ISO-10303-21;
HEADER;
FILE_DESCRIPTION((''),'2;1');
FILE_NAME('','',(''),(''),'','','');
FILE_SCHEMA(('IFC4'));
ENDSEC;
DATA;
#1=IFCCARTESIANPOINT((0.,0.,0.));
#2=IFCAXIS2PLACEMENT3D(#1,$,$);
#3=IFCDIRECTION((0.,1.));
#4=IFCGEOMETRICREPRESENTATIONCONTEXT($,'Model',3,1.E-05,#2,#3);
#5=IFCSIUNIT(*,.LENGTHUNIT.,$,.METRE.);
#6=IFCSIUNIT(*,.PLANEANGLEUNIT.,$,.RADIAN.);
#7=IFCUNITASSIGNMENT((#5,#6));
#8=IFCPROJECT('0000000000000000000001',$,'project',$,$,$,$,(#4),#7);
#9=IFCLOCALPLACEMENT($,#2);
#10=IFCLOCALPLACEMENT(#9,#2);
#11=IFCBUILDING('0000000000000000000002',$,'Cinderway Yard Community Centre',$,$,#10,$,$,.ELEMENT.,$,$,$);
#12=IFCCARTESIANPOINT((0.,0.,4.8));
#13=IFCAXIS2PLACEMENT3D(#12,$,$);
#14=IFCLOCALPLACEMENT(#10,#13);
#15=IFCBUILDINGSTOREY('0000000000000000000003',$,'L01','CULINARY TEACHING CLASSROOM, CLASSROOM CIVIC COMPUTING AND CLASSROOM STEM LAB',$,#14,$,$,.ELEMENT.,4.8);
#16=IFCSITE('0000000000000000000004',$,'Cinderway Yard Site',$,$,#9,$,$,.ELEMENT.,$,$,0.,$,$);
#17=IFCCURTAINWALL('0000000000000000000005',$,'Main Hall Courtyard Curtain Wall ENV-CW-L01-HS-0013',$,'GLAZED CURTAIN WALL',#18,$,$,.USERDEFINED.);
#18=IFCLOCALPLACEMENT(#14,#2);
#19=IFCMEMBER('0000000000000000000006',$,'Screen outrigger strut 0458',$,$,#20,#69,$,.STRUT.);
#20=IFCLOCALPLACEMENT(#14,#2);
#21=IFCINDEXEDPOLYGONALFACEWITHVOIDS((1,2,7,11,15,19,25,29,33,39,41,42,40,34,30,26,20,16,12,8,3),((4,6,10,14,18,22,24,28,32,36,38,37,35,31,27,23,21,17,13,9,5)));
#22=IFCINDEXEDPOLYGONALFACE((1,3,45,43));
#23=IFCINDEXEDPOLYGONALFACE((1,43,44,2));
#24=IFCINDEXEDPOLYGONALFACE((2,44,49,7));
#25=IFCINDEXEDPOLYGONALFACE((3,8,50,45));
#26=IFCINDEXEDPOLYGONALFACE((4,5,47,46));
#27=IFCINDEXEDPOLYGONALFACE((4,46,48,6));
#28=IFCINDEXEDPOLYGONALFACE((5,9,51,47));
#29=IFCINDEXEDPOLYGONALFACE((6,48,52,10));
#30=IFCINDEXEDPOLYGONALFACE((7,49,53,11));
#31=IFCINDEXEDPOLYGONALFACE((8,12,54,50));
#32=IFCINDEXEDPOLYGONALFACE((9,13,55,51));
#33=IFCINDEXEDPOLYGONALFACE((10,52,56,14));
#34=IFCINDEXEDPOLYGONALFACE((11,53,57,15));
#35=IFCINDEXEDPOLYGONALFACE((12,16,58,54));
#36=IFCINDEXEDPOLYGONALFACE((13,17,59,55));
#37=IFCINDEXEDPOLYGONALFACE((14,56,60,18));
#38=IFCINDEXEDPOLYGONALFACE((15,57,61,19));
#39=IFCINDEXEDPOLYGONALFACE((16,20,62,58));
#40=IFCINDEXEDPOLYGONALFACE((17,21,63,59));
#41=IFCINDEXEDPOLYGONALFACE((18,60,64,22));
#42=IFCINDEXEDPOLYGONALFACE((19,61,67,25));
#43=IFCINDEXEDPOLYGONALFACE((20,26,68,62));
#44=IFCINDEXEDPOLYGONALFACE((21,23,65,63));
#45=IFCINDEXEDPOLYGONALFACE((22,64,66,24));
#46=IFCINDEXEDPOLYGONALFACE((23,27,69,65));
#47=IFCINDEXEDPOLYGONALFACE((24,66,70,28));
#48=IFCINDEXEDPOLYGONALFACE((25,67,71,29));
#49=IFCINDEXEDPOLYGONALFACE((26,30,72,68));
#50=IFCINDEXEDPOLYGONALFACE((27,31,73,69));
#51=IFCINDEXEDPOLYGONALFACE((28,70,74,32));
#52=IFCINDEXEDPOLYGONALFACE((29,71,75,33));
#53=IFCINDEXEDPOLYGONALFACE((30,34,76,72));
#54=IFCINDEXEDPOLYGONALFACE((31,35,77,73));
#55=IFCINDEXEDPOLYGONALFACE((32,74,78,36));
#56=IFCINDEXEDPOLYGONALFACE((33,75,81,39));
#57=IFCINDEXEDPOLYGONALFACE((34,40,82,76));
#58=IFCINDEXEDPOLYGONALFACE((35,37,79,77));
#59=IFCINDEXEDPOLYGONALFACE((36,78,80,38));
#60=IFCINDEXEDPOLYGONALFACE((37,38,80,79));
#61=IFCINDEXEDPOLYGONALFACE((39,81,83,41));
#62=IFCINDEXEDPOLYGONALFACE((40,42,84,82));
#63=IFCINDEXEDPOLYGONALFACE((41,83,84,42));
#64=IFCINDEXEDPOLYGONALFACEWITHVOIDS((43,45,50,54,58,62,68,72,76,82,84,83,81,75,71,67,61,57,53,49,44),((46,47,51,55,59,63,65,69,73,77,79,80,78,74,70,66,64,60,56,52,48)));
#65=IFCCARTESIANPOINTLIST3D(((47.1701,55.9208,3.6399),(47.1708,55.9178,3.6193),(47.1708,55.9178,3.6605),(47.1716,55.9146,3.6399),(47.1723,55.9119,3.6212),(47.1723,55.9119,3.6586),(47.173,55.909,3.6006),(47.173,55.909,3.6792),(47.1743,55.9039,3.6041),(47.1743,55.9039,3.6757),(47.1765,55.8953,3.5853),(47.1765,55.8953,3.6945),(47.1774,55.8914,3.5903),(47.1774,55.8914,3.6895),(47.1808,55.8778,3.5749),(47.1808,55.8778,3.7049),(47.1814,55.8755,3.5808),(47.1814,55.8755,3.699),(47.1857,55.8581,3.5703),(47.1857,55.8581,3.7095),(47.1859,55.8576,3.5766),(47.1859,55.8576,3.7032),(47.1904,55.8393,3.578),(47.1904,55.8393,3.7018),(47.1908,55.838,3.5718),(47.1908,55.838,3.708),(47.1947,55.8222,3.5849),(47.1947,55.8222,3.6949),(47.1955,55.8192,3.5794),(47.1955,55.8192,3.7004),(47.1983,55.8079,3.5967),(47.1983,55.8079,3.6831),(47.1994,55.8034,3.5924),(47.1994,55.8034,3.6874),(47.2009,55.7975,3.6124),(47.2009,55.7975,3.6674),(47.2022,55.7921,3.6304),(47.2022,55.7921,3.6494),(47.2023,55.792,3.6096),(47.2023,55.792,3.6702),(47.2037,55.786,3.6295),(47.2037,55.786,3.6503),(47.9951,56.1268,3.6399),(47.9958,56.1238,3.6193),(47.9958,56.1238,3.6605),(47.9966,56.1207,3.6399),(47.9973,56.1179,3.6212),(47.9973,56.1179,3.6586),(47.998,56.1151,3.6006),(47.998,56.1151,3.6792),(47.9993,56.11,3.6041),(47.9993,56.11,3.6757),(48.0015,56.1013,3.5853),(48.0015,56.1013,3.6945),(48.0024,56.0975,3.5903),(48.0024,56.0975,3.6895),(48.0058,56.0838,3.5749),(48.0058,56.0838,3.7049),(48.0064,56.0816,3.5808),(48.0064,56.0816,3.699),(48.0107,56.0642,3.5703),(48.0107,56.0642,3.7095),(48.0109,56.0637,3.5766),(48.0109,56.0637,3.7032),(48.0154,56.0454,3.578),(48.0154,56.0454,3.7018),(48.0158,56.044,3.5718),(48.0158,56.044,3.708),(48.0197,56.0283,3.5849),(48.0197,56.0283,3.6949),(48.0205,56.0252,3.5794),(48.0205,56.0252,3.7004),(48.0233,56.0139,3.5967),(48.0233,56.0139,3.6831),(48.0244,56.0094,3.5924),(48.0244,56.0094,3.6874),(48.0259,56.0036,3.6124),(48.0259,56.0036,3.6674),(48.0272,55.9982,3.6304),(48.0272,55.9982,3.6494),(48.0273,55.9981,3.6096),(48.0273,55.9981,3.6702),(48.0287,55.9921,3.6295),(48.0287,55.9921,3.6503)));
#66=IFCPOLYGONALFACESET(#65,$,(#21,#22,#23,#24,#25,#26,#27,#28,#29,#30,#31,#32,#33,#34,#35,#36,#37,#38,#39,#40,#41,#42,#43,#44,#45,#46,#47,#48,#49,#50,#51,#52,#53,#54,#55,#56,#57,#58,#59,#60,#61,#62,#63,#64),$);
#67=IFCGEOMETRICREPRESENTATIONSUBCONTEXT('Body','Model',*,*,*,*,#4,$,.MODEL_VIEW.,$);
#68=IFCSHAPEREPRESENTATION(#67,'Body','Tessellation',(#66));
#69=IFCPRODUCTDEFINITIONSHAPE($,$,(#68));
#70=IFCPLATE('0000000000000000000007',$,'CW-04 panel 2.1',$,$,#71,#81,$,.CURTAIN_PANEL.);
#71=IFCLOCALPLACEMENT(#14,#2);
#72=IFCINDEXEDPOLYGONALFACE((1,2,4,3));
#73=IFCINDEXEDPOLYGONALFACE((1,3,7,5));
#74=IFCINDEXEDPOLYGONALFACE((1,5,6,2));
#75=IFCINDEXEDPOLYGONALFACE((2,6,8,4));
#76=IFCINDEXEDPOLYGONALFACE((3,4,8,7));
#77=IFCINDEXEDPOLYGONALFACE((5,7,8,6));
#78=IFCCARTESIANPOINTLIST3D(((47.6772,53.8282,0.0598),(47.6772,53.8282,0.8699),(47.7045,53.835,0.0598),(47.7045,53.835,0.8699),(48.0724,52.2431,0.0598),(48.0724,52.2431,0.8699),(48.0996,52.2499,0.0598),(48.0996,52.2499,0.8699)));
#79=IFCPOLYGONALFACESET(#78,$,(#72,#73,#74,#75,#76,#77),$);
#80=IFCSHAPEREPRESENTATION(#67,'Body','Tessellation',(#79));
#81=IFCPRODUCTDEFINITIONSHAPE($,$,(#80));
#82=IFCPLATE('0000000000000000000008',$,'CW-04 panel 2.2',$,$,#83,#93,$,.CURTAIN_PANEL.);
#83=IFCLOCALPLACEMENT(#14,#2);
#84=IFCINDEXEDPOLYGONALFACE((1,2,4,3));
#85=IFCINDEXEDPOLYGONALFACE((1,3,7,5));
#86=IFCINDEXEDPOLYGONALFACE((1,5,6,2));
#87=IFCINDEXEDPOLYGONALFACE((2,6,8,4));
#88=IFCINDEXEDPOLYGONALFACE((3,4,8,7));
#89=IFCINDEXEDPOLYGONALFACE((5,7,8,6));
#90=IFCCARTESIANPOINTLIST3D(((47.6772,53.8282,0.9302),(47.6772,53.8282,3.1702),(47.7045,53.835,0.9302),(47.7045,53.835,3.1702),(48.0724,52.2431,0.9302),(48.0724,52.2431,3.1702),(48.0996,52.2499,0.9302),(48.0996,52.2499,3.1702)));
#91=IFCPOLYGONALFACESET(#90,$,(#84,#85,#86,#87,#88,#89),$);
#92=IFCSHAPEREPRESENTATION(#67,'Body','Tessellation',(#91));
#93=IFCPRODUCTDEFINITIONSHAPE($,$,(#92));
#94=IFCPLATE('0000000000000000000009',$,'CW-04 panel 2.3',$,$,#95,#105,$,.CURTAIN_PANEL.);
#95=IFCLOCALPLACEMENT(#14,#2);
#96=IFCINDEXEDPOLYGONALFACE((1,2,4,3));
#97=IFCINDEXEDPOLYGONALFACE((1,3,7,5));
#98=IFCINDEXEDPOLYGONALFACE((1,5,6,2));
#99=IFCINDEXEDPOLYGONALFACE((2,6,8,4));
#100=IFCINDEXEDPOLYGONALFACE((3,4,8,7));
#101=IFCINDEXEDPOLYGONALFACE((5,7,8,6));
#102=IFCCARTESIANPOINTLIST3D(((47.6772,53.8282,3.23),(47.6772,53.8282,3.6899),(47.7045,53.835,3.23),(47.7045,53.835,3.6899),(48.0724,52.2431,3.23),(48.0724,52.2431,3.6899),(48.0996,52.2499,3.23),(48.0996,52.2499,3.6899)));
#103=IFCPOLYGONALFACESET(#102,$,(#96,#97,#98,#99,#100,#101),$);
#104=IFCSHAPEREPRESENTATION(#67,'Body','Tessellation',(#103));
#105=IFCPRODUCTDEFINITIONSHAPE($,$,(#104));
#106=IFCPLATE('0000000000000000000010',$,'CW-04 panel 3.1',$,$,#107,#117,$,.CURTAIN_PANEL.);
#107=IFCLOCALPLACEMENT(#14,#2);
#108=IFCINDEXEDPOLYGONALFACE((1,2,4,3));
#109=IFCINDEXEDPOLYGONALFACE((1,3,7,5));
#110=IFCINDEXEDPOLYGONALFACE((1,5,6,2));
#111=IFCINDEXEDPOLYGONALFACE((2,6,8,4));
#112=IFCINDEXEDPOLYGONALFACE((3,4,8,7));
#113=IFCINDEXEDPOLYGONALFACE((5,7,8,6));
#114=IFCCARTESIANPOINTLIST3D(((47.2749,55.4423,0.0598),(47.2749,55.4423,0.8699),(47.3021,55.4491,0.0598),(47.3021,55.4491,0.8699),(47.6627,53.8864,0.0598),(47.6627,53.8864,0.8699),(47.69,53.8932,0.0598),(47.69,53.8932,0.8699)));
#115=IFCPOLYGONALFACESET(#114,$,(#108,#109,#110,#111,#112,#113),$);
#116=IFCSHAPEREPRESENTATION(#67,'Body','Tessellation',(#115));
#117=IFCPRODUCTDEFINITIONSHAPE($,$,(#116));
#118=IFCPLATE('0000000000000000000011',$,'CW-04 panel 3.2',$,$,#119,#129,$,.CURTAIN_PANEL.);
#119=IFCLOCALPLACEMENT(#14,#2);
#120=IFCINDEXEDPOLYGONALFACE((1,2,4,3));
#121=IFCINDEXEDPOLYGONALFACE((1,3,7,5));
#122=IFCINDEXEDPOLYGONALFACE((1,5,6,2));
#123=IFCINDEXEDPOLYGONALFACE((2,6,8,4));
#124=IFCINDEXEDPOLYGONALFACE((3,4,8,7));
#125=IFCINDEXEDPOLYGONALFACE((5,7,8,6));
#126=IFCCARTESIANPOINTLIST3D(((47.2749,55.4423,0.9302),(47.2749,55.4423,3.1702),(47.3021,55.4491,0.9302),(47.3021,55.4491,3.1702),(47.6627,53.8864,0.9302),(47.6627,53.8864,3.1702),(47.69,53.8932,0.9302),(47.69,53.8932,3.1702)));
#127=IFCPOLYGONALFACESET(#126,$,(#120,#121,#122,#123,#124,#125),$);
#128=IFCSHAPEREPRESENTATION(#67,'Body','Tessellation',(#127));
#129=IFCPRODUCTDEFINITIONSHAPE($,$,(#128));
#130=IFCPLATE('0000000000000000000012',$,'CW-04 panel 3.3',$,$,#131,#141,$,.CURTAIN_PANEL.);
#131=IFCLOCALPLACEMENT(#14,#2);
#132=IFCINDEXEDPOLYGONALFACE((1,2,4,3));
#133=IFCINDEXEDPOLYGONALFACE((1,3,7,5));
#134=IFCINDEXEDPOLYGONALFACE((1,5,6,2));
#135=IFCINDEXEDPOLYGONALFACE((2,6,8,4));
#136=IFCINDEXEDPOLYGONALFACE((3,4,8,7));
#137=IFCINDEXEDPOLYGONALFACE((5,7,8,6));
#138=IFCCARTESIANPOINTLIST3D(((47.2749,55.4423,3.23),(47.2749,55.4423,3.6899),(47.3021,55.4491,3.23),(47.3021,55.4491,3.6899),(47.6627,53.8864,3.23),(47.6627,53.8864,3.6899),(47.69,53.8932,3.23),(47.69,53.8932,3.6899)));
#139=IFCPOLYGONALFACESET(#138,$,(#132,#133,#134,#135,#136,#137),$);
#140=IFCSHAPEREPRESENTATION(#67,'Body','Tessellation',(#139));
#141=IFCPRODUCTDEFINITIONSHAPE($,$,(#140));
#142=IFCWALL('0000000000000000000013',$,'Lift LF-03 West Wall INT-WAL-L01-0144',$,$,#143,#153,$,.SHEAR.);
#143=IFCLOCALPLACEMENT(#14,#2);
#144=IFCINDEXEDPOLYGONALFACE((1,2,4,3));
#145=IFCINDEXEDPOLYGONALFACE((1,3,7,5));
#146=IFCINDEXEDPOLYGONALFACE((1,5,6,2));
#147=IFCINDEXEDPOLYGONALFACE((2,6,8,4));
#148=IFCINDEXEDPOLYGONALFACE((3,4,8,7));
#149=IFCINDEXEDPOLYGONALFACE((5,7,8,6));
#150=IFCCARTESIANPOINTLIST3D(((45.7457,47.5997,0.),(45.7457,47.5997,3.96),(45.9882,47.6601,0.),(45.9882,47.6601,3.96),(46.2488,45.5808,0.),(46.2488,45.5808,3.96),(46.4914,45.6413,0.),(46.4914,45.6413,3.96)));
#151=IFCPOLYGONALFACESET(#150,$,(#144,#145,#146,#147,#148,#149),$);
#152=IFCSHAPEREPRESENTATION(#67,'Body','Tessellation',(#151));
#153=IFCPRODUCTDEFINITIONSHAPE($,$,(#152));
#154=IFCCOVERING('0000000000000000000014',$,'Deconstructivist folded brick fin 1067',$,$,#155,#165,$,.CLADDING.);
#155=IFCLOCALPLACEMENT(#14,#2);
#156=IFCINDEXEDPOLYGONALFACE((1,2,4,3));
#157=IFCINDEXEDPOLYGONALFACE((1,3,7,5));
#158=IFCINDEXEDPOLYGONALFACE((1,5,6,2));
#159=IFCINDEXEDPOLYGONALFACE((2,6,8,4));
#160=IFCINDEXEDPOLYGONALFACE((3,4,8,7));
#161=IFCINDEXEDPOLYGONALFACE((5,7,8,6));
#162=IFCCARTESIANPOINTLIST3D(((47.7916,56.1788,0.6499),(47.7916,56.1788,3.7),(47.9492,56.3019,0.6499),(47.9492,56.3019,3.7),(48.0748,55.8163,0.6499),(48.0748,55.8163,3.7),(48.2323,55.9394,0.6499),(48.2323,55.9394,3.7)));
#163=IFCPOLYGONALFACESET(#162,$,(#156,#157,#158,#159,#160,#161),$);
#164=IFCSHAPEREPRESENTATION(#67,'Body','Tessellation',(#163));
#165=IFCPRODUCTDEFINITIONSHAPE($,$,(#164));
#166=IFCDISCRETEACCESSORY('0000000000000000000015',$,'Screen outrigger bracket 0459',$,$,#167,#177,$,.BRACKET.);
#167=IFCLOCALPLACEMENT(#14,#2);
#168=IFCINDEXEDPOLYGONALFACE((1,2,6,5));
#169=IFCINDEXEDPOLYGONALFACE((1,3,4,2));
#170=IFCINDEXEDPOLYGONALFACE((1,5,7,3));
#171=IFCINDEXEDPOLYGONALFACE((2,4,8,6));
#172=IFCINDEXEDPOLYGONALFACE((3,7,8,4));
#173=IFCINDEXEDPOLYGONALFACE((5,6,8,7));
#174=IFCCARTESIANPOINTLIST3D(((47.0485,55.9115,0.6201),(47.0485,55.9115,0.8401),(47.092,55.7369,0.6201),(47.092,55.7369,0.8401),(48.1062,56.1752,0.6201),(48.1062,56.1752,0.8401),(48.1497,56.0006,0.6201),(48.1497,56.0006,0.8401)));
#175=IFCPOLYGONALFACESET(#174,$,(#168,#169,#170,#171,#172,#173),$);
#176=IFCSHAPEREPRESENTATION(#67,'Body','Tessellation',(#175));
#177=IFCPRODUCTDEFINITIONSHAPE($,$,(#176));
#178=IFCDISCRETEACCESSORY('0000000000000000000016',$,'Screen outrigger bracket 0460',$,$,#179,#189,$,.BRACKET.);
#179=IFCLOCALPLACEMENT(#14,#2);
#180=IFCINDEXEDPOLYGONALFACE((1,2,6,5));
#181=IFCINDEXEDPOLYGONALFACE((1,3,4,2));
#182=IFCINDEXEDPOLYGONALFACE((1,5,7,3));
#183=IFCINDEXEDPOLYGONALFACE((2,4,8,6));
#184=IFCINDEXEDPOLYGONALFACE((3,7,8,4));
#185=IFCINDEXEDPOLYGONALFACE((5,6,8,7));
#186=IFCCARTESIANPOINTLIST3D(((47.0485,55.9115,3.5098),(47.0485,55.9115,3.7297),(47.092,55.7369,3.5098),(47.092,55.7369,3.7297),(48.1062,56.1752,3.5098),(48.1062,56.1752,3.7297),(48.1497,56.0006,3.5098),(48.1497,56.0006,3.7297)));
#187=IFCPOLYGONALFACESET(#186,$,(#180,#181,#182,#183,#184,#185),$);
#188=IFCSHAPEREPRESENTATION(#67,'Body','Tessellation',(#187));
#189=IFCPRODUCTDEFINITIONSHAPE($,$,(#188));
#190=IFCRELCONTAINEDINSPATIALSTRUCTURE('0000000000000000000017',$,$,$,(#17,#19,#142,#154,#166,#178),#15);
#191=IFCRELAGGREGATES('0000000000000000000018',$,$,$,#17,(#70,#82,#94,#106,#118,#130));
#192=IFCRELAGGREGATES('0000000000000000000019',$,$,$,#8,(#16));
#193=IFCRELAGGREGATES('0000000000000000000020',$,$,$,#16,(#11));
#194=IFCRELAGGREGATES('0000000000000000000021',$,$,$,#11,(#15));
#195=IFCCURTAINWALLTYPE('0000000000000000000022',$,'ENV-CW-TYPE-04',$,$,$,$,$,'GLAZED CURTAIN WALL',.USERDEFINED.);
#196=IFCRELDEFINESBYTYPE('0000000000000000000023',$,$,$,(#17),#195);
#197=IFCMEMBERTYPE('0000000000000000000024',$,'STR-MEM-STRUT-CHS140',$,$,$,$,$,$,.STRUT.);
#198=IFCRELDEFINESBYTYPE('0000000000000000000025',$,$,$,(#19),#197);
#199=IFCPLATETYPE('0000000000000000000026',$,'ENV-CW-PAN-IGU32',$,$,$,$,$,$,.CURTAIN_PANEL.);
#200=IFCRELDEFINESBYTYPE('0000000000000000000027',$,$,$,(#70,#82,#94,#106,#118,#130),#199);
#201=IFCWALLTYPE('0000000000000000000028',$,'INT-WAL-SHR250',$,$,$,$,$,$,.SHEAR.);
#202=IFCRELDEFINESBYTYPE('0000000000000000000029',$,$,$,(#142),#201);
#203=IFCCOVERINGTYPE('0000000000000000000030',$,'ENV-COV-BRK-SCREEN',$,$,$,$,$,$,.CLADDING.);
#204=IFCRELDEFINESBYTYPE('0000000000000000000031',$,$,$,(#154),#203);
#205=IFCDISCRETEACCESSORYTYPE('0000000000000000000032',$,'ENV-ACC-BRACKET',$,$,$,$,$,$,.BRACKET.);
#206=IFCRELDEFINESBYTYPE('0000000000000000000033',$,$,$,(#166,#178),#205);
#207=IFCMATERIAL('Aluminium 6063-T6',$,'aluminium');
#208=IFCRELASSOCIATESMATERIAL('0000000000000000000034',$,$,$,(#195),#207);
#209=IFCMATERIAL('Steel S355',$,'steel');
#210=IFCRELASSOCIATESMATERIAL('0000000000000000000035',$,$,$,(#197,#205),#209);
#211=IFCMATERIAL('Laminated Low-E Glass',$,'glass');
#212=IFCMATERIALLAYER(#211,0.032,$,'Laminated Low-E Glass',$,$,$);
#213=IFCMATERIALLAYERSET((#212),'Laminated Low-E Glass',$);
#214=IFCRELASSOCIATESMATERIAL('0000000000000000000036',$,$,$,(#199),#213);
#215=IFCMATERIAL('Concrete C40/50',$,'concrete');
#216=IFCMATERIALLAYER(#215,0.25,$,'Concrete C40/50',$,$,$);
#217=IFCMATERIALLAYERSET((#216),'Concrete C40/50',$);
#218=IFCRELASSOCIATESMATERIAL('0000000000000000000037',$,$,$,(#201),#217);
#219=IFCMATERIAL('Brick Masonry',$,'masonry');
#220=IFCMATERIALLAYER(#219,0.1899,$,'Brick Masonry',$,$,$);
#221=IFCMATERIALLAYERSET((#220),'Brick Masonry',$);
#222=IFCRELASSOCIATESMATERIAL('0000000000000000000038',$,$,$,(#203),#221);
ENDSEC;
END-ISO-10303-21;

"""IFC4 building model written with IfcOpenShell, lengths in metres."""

from ifc_helpers import new_model, si_unit, direction, frame, frame_2d, origin, origin_2d, place, context, subcontext, project, spatial, rectangle, hollow_circle, extrude, material, layer, layer_set, material_profile, profile_set, type_object, element, aggregate, save


model = new_model("IFC4")

# Units and contexts
model_context = context("Model", 3, precision=1e-05, world=origin(), true_north=direction((0.0, 1.0)))
body_context = subcontext(model_context, "Body", "Model", "MODEL_VIEW")
ifc_project = project(units=[si_unit("LENGTHUNIT", "METRE"), si_unit("PLANEANGLEUNIT", "RADIAN")], contexts=[model_context])

# Site, building, storey
site_placement = place(None, origin())
site = spatial("IfcSite", under=ifc_project, at=site_placement, Name="Cinderway Yard Site", CompositionType="ELEMENT", RefElevation=0.0)
building_placement = place(site_placement, origin())
building = spatial("IfcBuilding", under=site, at=building_placement, Name="Cinderway Yard Community Centre", CompositionType="ELEMENT")
storey_placement = place(building_placement, frame((0.0, 0.0, 4.8)))
storey = spatial("IfcBuildingStorey", under=building, at=storey_placement, Name="L01", Description="CULINARY TEACHING CLASSROOM, CLASSROOM CIVIC COMPUTING AND CLASSROOM STEM LAB", CompositionType="ELEMENT", Elevation=4.8)

# Shared definitions
ifc_material_1 = material(Name="Concrete C40/50", Category="concrete")

# Curtain wall
ifc_material_2 = material(Name="Aluminium 6063-T6", Category="aluminium")
curtain_wall_type = type_object("IfcCurtainWallType", Name="ENV-CW-TYPE-04", ElementType="GLAZED CURTAIN WALL", PredefinedType="USERDEFINED", material=ifc_material_2)
curtain_wall_1_placement = place(storey_placement, origin())
curtain_wall_1 = element("IfcCurtainWall", 1, at=curtain_wall_1_placement, inside=storey, type_object=curtain_wall_type, Name="Main Hall Courtyard Curtain Wall ENV-CW-L01-HS-0013", ObjectType="GLAZED CURTAIN WALL", PredefinedType="USERDEFINED")

# Shared definitions
ifc_material_3 = material(Name="Steel S355", Category="steel")

# Member
ifc_material_profile_1 = material_profile(ifc_material_3, hollow_circle(Radius=0.0698, WallThickness=0.0063, at=origin_2d()), Name="Steel S355")
ifc_profile_set_1 = profile_set([ifc_material_profile_1], Name="Steel S355")
member_type_1 = type_object("IfcMemberType", Name="STR-MEM-STRUT-CHS140", PredefinedType="STRUT", material=ifc_profile_set_1)
for number, where, z_axis, x_axis, name in (
    (2, (47.187, 55.853, 3.6399), (0.970193, 0.242333, 0.0), (-0.242333, 0.970193, 0.0), "Screen outrigger strut 0458"),
):
    element("IfcMember", number, at=place(storey_placement, frame(where, z_axis=z_axis, x_axis=x_axis)), inside=storey, type_object=member_type_1, Name=name, PredefinedType="STRUT", context=body_context, shape_type="SweptSolid", body=[
        extrude(hollow_circle(Radius=0.0698, WallThickness=0.0063, at=origin_2d()), origin(), (0.0, 0.0, 1.0), 0.8503),
    ])

# Plates
ifc_material_4 = material(Name="Laminated Low-E Glass", Category="glass")
ifc_layer_1 = layer(ifc_material_4, 0.032, Name="Laminated Low-E Glass")
ifc_layer_set_1 = layer_set([ifc_layer_1], Name="Laminated Low-E Glass")
plate_type = type_object("IfcPlateType", Name="ENV-CW-PAN-IGU32", PredefinedType="CURTAIN_PANEL", material=ifc_layer_set_1)
plate_1_placement = place(storey_placement, frame((47.8884, 53.0391, 0.0598), z_axis=(0.0, 0.0, 1.0), x_axis=(-0.241887, 0.970304, 0.0)))
plate_1 = element("IfcPlate", 3, at=plate_1_placement, type_object=plate_type, Name="CW-04 panel 2.1", PredefinedType="CURTAIN_PANEL", context=body_context, shape_type="SweptSolid", body=[
    extrude(rectangle(XDim=1.6335, YDim=0.0281, at=origin_2d()), origin(), (0.0, 0.0, 1.0), 0.8101),
])
plate_2_placement = place(storey_placement, frame((47.8884, 53.0391, 0.9302), z_axis=(0.0, 0.0, 1.0), x_axis=(-0.241887, 0.970304, 0.0)))
plate_2 = element("IfcPlate", 4, at=plate_2_placement, type_object=plate_type, Name="CW-04 panel 2.2", PredefinedType="CURTAIN_PANEL", context=body_context, shape_type="SweptSolid", body=[
    extrude(rectangle(XDim=1.6335, YDim=0.0281, at=origin_2d()), origin(), (0.0, 0.0, 1.0), 2.24),
])
plate_3_placement = place(storey_placement, frame((47.8884, 53.0391, 3.23), z_axis=(0.0, 0.0, 1.0), x_axis=(-0.241887, 0.970304, 0.0)))
plate_3 = element("IfcPlate", 5, at=plate_3_placement, type_object=plate_type, Name="CW-04 panel 2.3", PredefinedType="CURTAIN_PANEL", context=body_context, shape_type="SweptSolid", body=[
    extrude(rectangle(XDim=1.6335, YDim=0.0281, at=origin_2d()), origin(), (0.0, 0.0, 1.0), 0.46),
])
plate_4_placement = place(storey_placement, frame((47.4824, 54.6677, 0.0598), z_axis=(0.0, 0.0, 1.0), x_axis=(-0.241887, 0.970304, 0.0)))
plate_4 = element("IfcPlate", 6, at=plate_4_placement, type_object=plate_type, Name="CW-04 panel 3.1", PredefinedType="CURTAIN_PANEL", context=body_context, shape_type="SweptSolid", body=[
    extrude(rectangle(XDim=1.6035, YDim=0.0281, at=origin_2d()), origin(), (0.0, 0.0, 1.0), 0.8101),
])
plate_5_placement = place(storey_placement, frame((47.4824, 54.6677, 0.9302), z_axis=(0.0, 0.0, 1.0), x_axis=(-0.241887, 0.970304, 0.0)))
plate_5 = element("IfcPlate", 7, at=plate_5_placement, type_object=plate_type, Name="CW-04 panel 3.2", PredefinedType="CURTAIN_PANEL", context=body_context, shape_type="SweptSolid", body=[
    extrude(rectangle(XDim=1.6035, YDim=0.0281, at=origin_2d()), origin(), (0.0, 0.0, 1.0), 2.24),
])
plate_6_placement = place(storey_placement, frame((47.4824, 54.6677, 3.23), z_axis=(0.0, 0.0, 1.0), x_axis=(-0.241887, 0.970304, 0.0)))
plate_6 = element("IfcPlate", 8, at=plate_6_placement, type_object=plate_type, Name="CW-04 panel 3.3", PredefinedType="CURTAIN_PANEL", context=body_context, shape_type="SweptSolid", body=[
    extrude(rectangle(XDim=1.6035, YDim=0.0281, at=origin_2d()), origin(), (0.0, 0.0, 1.0), 0.46),
])
aggregate(curtain_wall_1, [plate_1, plate_2, plate_3, plate_4, plate_5, plate_6])

# Shared definitions
ifc_layer_2 = layer(ifc_material_1, 0.25, Name="Concrete C40/50")
ifc_layer_set_2 = layer_set([ifc_layer_2], Name="Concrete C40/50")
wall_type = type_object("IfcWallType", Name="INT-WAL-SHR250", PredefinedType="SHEAR", material=ifc_layer_set_2)

# Wall
wall_1_placement = place(storey_placement, frame((45.8669, 47.6299, 0.0), z_axis=(0.0, 0.0, 1.0), x_axis=(0.241845, -0.970315, 0.0)))
element("IfcWall", 9, at=wall_1_placement, inside=storey, type_object=wall_type, Name="Lift LF-03 West Wall INT-WAL-L01-0144", PredefinedType="SHEAR", context=body_context, shape_type="SweptSolid", body=[
    extrude(rectangle(XDim=2.0806, YDim=0.25, at=frame_2d((1.0403, 0.0))), origin(), (0.0, 0.0, 1.0), 3.96),
])

# Covering
ifc_material_5 = material(Name="Brick Masonry", Category="masonry")
ifc_layer_3 = layer(ifc_material_5, 0.1899, Name="Brick Masonry")
ifc_layer_set_3 = layer_set([ifc_layer_3], Name="Brick Masonry")
covering_type = type_object("IfcCoveringType", Name="ENV-COV-BRK-SCREEN", PredefinedType="CLADDING", material=ifc_layer_set_3)
covering_placement = place(storey_placement, frame((48.012, 56.0591, 0.6499), z_axis=(0.0, 0.0, 1.0), x_axis=(0.615661, -0.788011, 0.0)))
element("IfcCovering", 10, at=covering_placement, inside=storey, type_object=covering_type, Name="Deconstructivist folded brick fin 1067", PredefinedType="CLADDING", context=body_context, shape_type="SweptSolid", body=[
    extrude(rectangle(XDim=0.46, YDim=0.2, at=origin_2d()), origin(), (0.0, 0.0, 1.0), 3.05),
])

# Discrete accessories
discrete_accessory_type = type_object("IfcDiscreteAccessoryType", Name="ENV-ACC-BRACKET", PredefinedType="BRACKET", material=ifc_material_3)
for number, where, z_axis, x_axis, name in (
    (11, (47.5991, 55.9561, 0.6201), (0.0, 0.0, 1.0), (0.970296, 0.241922, 0.0), "Screen outrigger bracket 0459"),
    (12, (47.5991, 55.9561, 3.5098), (0.0, 0.0, 1.0), (0.970296, 0.241922, 0.0), "Screen outrigger bracket 0460"),
):
    element("IfcDiscreteAccessory", number, at=place(storey_placement, frame(where, z_axis=z_axis, x_axis=x_axis)), inside=storey, type_object=discrete_accessory_type, Name=name, PredefinedType="BRACKET", context=body_context, shape_type="SweptSolid", body=[
        extrude(rectangle(XDim=1.0901, YDim=0.1799, at=origin_2d()), origin(), (0.0, 0.0, 1.0), 0.22),
    ])

save(model, "model.ifc")
